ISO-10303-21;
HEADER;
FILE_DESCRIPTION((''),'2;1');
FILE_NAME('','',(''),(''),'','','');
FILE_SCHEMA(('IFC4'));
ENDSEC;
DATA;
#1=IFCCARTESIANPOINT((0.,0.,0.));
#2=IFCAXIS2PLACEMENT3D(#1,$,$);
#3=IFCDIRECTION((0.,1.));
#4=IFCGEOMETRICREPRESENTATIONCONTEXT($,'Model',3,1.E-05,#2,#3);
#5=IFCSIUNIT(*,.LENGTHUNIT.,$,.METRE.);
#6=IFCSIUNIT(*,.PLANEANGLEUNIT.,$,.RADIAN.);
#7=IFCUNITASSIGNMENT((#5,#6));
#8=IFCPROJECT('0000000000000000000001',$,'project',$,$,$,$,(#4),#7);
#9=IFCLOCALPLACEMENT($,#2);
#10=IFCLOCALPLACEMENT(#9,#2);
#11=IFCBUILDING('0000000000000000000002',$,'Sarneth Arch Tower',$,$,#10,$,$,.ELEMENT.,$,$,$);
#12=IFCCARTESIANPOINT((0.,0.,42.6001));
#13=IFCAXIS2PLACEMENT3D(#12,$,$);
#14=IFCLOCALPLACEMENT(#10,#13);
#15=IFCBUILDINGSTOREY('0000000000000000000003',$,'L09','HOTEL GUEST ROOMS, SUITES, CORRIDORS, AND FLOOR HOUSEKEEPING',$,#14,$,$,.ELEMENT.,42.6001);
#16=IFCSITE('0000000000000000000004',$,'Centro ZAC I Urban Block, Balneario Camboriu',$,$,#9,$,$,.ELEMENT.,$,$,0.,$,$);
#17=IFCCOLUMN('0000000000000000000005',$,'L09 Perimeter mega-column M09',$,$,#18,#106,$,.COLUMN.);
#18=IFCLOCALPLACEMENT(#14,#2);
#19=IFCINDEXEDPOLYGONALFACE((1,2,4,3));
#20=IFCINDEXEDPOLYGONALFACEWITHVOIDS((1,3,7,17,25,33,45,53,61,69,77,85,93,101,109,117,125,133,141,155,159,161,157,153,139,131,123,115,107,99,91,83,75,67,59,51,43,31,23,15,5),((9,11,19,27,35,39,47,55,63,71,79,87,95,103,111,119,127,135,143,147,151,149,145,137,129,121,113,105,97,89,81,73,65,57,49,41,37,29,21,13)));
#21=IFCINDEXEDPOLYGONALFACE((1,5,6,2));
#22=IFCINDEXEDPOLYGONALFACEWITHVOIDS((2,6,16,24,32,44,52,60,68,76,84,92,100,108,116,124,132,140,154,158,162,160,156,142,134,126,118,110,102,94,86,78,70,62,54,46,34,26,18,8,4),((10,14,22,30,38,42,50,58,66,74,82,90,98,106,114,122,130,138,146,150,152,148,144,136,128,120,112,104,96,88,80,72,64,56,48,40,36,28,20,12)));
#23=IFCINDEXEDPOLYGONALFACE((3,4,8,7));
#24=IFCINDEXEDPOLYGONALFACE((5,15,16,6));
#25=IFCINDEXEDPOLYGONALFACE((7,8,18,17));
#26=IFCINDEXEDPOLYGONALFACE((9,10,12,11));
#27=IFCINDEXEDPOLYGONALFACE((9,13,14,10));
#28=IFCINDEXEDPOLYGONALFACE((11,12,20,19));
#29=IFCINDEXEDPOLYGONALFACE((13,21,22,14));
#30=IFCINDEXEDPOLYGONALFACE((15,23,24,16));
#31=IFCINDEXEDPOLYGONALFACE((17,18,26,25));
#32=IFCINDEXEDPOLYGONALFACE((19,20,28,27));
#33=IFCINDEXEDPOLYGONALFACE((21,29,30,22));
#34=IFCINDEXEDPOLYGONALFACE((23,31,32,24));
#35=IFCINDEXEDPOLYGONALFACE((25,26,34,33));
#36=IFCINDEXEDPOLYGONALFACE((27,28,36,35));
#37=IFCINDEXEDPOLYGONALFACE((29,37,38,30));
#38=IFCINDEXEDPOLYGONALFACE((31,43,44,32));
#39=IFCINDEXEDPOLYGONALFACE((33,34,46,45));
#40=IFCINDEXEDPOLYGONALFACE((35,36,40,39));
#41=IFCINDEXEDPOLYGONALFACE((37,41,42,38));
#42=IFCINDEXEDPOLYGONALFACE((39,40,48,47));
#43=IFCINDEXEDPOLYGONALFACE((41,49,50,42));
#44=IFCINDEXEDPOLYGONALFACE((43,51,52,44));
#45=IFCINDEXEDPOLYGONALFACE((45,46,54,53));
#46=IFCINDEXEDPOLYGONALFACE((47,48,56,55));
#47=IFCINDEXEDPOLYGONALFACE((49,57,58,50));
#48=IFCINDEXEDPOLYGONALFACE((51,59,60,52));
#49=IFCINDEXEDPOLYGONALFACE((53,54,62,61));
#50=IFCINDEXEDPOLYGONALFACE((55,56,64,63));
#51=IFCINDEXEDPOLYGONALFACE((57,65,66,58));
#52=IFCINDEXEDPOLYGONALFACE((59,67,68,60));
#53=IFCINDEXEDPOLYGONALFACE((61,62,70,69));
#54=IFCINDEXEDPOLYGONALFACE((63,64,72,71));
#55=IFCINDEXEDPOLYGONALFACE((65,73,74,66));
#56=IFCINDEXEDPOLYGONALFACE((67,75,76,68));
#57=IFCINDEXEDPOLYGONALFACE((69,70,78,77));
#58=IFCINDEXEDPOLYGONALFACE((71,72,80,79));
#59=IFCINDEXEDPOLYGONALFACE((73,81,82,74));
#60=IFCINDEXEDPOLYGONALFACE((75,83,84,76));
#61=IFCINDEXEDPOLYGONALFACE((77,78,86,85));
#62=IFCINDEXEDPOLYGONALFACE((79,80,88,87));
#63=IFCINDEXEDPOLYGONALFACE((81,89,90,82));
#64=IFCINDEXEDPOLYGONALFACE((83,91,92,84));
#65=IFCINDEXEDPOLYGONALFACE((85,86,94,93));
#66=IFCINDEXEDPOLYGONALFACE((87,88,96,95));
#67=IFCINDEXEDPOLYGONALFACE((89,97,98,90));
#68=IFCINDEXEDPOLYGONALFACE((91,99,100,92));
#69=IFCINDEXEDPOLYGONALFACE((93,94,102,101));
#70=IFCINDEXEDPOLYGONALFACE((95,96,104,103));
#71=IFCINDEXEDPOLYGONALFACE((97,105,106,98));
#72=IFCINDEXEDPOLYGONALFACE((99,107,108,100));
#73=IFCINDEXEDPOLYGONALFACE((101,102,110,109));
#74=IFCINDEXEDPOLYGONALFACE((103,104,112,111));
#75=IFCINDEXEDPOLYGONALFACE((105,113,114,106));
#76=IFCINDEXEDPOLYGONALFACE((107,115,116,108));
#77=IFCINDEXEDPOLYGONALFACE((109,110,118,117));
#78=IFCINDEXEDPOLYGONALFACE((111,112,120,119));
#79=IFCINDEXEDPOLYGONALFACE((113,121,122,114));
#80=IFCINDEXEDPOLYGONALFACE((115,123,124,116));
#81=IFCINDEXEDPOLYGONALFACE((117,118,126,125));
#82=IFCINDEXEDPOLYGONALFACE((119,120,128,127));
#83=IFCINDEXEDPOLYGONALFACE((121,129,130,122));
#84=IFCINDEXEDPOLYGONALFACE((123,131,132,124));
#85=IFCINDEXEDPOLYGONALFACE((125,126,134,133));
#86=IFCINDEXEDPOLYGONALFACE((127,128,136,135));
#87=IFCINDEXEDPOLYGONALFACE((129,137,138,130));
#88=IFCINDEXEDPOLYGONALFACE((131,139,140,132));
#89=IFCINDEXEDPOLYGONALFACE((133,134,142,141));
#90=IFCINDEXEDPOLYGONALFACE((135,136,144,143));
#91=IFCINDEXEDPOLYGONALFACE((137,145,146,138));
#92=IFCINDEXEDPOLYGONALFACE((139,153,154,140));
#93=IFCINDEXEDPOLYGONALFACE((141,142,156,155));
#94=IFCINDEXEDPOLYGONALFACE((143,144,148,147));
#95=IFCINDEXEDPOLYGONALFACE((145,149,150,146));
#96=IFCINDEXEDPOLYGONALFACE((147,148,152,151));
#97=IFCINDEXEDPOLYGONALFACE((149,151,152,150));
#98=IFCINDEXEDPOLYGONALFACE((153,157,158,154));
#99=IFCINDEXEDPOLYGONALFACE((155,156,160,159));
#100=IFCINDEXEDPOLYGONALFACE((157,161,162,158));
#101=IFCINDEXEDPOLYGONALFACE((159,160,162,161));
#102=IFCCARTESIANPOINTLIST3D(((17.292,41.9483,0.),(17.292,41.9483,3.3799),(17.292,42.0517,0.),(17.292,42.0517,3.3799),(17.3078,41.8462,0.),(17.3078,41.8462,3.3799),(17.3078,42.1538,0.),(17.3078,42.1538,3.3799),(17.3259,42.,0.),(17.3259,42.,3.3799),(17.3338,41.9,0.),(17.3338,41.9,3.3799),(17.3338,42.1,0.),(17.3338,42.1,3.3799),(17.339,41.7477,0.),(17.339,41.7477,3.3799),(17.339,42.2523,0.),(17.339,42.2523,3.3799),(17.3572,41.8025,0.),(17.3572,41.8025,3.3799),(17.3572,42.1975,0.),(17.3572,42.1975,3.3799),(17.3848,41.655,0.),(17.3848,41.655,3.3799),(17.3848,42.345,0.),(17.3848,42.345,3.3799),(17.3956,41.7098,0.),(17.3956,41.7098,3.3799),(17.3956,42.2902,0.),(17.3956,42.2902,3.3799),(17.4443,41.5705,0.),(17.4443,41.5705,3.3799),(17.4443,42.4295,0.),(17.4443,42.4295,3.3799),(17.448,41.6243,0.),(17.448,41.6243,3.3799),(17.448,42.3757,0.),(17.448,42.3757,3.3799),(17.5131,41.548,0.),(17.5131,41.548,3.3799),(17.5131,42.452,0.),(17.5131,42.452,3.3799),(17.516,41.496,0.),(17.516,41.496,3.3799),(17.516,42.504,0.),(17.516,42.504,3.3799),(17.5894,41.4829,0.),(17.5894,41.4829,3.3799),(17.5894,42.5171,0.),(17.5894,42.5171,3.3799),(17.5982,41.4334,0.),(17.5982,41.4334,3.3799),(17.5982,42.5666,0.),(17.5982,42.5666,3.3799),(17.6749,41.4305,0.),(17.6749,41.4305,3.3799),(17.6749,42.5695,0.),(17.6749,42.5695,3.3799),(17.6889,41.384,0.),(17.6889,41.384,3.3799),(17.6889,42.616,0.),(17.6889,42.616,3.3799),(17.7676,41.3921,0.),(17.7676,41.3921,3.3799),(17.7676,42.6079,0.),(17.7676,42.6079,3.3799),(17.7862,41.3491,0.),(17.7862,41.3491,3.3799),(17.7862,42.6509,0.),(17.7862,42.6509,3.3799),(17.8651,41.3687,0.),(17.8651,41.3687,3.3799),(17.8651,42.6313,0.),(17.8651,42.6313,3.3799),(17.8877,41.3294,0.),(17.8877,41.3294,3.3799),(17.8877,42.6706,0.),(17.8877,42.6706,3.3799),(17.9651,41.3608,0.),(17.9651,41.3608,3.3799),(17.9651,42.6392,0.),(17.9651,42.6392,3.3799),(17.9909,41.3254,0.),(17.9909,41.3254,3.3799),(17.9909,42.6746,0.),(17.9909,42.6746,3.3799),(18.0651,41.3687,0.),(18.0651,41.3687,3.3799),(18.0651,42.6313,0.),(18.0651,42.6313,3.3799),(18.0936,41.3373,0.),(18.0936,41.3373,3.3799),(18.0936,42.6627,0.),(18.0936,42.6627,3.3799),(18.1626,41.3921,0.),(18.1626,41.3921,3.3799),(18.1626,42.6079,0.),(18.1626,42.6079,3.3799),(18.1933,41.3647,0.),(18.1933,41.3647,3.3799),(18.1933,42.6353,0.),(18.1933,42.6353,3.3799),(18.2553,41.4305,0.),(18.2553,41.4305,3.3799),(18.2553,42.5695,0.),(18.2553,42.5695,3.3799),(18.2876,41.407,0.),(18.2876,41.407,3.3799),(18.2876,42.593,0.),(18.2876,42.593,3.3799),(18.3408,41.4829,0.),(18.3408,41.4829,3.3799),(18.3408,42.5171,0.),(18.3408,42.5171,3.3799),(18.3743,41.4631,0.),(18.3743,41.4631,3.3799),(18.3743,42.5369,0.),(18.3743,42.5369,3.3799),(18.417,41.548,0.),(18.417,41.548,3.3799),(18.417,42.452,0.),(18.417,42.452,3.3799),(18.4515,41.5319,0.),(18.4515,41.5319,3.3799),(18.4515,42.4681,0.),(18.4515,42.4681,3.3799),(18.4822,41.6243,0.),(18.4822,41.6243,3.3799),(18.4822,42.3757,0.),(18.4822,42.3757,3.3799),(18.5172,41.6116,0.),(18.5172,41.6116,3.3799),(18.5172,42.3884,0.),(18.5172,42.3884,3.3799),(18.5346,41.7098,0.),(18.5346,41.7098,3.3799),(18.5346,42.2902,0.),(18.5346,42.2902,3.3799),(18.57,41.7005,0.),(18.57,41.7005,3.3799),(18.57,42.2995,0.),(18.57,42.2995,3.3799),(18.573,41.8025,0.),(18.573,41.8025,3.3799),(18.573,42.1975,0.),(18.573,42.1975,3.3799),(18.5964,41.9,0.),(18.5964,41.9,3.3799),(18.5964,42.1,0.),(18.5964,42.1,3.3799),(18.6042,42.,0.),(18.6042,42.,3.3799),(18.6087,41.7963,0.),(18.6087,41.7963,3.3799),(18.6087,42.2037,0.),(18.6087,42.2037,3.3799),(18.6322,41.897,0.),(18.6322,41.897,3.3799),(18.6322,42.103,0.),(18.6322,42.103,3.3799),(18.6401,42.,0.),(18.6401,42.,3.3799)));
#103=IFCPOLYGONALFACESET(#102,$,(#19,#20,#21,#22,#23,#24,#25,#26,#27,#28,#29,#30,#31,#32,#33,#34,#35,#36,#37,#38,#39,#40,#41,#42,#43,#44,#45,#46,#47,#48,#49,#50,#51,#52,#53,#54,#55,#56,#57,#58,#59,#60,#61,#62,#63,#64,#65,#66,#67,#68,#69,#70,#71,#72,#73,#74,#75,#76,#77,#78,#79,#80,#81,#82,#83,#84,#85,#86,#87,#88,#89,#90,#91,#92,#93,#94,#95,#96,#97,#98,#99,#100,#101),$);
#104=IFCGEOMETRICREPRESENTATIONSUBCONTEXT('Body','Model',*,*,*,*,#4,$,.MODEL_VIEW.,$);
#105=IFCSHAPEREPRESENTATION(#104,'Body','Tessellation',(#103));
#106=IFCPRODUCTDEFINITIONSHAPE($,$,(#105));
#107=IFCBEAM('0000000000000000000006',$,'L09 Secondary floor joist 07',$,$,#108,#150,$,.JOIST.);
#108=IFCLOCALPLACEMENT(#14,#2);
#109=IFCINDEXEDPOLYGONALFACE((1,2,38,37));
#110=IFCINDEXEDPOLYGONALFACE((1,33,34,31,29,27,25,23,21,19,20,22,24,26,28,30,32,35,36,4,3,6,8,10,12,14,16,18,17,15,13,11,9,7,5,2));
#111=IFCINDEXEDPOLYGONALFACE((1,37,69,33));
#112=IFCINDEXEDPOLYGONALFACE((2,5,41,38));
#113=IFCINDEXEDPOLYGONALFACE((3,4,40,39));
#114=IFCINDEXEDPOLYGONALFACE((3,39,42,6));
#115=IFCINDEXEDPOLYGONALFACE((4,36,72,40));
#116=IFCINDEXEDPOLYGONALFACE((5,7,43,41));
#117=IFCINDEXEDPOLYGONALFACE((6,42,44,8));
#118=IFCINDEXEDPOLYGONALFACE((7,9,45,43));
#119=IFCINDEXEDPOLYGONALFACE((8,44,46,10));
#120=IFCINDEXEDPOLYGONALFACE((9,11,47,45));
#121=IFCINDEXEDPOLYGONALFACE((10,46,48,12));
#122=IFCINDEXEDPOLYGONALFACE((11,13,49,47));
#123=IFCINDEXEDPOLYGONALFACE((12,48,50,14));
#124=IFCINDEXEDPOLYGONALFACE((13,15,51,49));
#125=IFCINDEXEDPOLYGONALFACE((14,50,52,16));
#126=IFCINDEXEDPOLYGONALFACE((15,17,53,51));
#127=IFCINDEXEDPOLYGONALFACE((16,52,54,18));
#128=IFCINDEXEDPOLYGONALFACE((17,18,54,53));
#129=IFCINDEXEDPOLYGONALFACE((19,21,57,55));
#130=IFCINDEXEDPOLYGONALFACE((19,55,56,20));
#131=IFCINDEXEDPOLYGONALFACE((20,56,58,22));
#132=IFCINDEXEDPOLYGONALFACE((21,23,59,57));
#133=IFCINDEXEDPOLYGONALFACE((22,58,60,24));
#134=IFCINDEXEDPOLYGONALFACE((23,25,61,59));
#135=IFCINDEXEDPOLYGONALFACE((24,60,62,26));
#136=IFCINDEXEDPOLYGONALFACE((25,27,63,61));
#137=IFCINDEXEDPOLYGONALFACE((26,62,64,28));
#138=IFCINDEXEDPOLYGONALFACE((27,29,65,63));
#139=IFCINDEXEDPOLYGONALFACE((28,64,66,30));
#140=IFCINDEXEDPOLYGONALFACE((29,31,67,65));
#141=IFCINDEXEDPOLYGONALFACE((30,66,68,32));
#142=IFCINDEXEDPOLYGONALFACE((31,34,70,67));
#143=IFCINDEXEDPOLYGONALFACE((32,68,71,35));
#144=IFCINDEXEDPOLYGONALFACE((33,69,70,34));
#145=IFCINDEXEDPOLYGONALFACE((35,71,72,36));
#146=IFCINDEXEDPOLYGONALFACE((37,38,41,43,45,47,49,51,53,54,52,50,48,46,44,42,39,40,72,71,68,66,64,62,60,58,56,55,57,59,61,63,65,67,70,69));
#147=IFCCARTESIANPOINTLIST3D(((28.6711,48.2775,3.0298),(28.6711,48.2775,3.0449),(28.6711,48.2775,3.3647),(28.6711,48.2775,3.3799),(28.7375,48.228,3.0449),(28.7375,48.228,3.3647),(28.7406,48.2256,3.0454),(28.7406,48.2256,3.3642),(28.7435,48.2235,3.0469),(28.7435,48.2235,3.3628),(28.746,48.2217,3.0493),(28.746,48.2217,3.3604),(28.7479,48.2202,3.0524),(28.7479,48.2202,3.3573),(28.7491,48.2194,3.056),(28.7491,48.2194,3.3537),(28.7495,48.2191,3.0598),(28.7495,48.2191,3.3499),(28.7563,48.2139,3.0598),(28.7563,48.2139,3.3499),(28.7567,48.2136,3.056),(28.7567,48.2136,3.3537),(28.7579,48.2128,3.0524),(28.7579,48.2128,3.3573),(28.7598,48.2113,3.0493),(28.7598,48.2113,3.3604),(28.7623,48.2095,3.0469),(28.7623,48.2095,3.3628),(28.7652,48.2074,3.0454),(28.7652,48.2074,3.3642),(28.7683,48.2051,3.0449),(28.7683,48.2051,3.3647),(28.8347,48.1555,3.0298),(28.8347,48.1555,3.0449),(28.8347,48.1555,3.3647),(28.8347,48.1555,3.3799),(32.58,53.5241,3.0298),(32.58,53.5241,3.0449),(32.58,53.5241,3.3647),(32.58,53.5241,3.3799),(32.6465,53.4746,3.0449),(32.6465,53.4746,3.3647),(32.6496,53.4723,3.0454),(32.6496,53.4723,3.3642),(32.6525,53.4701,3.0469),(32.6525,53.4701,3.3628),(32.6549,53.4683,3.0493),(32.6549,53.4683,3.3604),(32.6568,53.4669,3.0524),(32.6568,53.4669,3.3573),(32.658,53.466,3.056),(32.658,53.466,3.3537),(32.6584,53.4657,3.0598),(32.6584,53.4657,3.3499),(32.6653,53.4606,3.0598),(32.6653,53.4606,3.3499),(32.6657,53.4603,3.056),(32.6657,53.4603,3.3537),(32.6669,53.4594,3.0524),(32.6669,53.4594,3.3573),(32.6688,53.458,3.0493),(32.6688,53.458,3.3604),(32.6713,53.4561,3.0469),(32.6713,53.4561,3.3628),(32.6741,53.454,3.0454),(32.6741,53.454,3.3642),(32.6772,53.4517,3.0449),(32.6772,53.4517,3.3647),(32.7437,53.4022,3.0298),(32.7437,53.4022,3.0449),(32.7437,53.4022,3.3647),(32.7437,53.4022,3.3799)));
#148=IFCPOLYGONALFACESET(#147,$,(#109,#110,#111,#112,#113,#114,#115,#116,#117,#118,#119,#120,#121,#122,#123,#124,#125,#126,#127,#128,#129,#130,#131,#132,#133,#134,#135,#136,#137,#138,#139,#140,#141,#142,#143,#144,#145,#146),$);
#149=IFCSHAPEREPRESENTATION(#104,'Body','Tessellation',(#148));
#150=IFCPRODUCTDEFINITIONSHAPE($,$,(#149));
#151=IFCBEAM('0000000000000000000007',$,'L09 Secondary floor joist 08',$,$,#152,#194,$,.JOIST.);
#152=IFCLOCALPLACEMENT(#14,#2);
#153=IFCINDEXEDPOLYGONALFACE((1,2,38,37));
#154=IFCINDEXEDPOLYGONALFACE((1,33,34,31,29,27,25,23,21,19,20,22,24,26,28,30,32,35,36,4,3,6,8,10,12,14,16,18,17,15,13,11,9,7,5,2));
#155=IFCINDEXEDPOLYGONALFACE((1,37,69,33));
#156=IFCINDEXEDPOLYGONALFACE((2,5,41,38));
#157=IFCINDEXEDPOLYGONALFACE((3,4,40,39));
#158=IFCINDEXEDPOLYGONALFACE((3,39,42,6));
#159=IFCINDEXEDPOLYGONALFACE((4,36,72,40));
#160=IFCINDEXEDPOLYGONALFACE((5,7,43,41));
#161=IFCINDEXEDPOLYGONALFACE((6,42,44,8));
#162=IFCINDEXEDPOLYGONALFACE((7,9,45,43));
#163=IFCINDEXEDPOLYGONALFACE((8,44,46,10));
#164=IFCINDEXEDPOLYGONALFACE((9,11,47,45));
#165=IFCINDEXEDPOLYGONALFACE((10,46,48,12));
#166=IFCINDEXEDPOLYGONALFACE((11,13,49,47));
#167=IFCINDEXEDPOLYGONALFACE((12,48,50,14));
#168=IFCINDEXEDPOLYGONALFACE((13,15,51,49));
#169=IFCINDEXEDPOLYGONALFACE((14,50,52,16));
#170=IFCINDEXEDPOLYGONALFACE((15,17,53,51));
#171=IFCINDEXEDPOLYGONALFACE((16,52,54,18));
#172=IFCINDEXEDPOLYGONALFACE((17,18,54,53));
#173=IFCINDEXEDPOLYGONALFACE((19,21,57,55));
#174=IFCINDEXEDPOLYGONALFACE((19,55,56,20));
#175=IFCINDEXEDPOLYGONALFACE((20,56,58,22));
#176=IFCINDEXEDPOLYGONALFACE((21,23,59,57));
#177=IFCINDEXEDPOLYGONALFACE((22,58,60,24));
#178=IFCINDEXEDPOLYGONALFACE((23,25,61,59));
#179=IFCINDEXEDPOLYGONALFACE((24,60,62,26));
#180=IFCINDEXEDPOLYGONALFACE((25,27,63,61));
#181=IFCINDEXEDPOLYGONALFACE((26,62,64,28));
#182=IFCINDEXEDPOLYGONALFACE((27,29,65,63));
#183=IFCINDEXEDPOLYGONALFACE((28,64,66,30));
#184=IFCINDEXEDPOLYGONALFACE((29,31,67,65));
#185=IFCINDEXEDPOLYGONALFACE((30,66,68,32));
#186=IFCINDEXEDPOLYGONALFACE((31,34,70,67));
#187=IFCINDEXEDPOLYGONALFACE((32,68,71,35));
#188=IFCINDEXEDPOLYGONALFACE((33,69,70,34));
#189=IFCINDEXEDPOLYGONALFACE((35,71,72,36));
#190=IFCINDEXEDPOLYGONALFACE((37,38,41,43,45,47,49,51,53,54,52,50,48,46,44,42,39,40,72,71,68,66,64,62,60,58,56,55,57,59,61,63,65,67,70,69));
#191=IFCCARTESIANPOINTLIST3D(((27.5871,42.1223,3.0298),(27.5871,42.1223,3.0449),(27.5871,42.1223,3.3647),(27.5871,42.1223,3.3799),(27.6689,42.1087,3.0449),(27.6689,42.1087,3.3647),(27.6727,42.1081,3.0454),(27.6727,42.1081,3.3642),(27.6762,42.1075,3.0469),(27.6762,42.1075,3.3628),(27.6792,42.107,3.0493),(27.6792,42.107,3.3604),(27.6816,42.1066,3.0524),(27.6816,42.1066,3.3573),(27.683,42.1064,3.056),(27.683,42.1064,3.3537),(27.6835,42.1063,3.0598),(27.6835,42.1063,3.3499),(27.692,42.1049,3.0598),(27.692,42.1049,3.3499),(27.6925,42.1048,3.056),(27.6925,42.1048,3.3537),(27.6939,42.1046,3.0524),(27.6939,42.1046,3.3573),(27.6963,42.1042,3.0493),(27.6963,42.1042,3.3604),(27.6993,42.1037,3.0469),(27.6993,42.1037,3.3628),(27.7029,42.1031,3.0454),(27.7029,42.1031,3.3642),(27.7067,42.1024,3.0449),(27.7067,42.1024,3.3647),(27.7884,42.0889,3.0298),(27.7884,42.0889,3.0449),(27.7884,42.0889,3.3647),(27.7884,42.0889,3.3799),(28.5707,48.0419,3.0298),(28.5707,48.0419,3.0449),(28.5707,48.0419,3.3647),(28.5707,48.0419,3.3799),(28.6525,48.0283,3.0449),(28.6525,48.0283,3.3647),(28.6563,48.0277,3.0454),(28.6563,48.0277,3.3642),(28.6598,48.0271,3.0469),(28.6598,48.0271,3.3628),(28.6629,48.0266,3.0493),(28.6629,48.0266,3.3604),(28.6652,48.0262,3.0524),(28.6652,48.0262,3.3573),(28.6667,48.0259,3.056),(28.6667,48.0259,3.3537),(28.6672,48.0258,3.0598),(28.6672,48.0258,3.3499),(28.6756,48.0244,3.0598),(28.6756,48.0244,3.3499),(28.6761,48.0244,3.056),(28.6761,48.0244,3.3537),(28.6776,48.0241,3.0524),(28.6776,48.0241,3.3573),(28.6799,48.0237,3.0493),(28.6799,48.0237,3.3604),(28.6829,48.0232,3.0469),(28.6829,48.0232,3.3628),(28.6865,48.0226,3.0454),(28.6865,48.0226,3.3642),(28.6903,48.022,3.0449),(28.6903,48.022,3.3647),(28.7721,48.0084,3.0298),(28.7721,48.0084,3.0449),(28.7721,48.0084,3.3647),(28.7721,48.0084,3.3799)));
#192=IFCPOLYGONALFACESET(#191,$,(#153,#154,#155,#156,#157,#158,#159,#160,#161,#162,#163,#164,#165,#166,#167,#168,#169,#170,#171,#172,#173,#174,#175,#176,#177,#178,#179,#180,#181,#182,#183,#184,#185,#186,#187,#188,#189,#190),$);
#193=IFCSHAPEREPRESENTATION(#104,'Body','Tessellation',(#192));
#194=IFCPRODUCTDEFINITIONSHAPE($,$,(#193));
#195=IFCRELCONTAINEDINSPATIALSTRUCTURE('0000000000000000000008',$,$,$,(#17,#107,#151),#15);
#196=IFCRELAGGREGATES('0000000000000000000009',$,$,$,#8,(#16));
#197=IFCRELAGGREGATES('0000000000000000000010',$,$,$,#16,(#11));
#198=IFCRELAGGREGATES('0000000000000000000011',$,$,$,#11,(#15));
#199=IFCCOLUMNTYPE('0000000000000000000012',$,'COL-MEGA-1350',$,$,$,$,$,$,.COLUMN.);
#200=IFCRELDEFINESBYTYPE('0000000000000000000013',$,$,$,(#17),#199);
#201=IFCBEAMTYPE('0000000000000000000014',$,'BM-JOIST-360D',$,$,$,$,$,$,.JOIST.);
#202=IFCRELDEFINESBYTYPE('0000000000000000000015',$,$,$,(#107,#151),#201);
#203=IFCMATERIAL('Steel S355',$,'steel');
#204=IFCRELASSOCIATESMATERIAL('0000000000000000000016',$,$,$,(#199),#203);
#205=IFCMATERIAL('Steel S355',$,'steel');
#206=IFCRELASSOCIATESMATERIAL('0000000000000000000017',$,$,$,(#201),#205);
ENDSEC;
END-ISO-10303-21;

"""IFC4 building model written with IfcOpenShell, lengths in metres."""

from ifc_helpers import new_model, si_unit, direction, frame, origin, origin_2d, place, context, subcontext, project, spatial, hollow_circle, i_section, extrude, material, material_profile, profile_set, type_object, element, save


model = new_model("IFC4")

# Units and contexts
model_context = context("Model", 3, precision=1e-05, world=origin(), true_north=direction((0.0, 1.0)))
body_context = subcontext(model_context, "Body", "Model", "MODEL_VIEW")
ifc_project = project(units=[si_unit("LENGTHUNIT", "METRE"), si_unit("PLANEANGLEUNIT", "RADIAN")], contexts=[model_context])

# Site, building, storey
site_placement = place(None, origin())
site = spatial("IfcSite", under=ifc_project, at=site_placement, Name="Centro ZAC I Urban Block, Balneario Camboriu", CompositionType="ELEMENT", RefElevation=0.0)
building_placement = place(site_placement, origin())
building = spatial("IfcBuilding", under=site, at=building_placement, Name="Sarneth Arch Tower", CompositionType="ELEMENT")
storey_placement = place(building_placement, frame((0.0, 0.0, 42.6001)))
storey = spatial("IfcBuildingStorey", under=building, at=storey_placement, Name="L09", Description="HOTEL GUEST ROOMS, SUITES, CORRIDORS, AND FLOOR HOUSEKEEPING", CompositionType="ELEMENT", Elevation=42.6001)

# Column
ifc_material_1 = material(Name="Steel S355", Category="steel")
ifc_material_profile_1 = material_profile(ifc_material_1, hollow_circle(Radius=0.675, WallThickness=0.0359, at=origin_2d()), Name="CHS1350x36")
ifc_profile_set_1 = profile_set([ifc_material_profile_1], Name="Steel S355")
column_type = type_object("IfcColumnType", Name="COL-MEGA-1350", PredefinedType="COLUMN", material=ifc_profile_set_1)
for number, where, z_axis, x_axis, name in (
    (1, (17.9651, 42.0, 0.0), (0.0, 0.0, 1.0), (1.0, 0.0, 0.0), "L09 Perimeter mega-column M09"),
):
    element("IfcColumn", number, at=place(storey_placement, frame(where, z_axis=z_axis, x_axis=x_axis)), inside=storey, type_object=column_type, Name=name, PredefinedType="COLUMN", context=body_context, shape_type="SweptSolid", body=[
        extrude(hollow_circle(Radius=0.675, WallThickness=0.0359, at=origin_2d()), origin(), (0.0, 0.0, 1.0), 3.3799),
    ])

# Beams
ifc_material_2 = material(Name="Steel S355", Category="steel")
ifc_material_profile_2 = material_profile(ifc_material_2, i_section(OverallWidth=0.2041, OverallDepth=0.3501, WebThickness=0.0085, FlangeThickness=0.0151, FilletRadius=0.0149, at=origin_2d()), Name="W360x72")
ifc_profile_set_2 = profile_set([ifc_material_profile_2], Name="Steel S355")
beam_type_1 = type_object("IfcBeamType", Name="BM-JOIST-360D", PredefinedType="JOIST", material=ifc_profile_set_2)
beam_1_placement = place(storey_placement, frame((32.6619, 53.4631, 3.2048), z_axis=(-0.597454, -0.801904, 0.0), x_axis=(0.801904, -0.597454, 0.0)))
element("IfcBeam", 2, at=beam_1_placement, inside=storey, type_object=beam_type_1, Name="L09 Secondary floor joist 07", PredefinedType="JOIST", context=body_context, shape_type="SweptSolid", body=[
    extrude(i_section(OverallWidth=0.2041, OverallDepth=0.3501, WebThickness=0.0085, FlangeThickness=0.0151, FilletRadius=0.0149, at=origin_2d()), origin(), (0.0, 0.0, 1.0), 6.5427),
])
for number, where, z_axis, x_axis, name in (
    (3, (28.6714, 48.0251, 3.2048), (-0.163917, -0.986474, 0.0), (0.986474, -0.163917, 0.0), "L09 Secondary floor joist 08"),
):
    element("IfcBeam", number, at=place(storey_placement, frame(where, z_axis=z_axis, x_axis=x_axis)), inside=storey, type_object=beam_type_1, Name=name, PredefinedType="JOIST", context=body_context, shape_type="SweptSolid", body=[
        extrude(i_section(OverallWidth=0.2041, OverallDepth=0.3501, WebThickness=0.0085, FlangeThickness=0.0151, FilletRadius=0.0149, at=origin_2d()), origin(), (0.0, 0.0, 1.0), 6.0007),
    ])

save(model, "model.ifc")
